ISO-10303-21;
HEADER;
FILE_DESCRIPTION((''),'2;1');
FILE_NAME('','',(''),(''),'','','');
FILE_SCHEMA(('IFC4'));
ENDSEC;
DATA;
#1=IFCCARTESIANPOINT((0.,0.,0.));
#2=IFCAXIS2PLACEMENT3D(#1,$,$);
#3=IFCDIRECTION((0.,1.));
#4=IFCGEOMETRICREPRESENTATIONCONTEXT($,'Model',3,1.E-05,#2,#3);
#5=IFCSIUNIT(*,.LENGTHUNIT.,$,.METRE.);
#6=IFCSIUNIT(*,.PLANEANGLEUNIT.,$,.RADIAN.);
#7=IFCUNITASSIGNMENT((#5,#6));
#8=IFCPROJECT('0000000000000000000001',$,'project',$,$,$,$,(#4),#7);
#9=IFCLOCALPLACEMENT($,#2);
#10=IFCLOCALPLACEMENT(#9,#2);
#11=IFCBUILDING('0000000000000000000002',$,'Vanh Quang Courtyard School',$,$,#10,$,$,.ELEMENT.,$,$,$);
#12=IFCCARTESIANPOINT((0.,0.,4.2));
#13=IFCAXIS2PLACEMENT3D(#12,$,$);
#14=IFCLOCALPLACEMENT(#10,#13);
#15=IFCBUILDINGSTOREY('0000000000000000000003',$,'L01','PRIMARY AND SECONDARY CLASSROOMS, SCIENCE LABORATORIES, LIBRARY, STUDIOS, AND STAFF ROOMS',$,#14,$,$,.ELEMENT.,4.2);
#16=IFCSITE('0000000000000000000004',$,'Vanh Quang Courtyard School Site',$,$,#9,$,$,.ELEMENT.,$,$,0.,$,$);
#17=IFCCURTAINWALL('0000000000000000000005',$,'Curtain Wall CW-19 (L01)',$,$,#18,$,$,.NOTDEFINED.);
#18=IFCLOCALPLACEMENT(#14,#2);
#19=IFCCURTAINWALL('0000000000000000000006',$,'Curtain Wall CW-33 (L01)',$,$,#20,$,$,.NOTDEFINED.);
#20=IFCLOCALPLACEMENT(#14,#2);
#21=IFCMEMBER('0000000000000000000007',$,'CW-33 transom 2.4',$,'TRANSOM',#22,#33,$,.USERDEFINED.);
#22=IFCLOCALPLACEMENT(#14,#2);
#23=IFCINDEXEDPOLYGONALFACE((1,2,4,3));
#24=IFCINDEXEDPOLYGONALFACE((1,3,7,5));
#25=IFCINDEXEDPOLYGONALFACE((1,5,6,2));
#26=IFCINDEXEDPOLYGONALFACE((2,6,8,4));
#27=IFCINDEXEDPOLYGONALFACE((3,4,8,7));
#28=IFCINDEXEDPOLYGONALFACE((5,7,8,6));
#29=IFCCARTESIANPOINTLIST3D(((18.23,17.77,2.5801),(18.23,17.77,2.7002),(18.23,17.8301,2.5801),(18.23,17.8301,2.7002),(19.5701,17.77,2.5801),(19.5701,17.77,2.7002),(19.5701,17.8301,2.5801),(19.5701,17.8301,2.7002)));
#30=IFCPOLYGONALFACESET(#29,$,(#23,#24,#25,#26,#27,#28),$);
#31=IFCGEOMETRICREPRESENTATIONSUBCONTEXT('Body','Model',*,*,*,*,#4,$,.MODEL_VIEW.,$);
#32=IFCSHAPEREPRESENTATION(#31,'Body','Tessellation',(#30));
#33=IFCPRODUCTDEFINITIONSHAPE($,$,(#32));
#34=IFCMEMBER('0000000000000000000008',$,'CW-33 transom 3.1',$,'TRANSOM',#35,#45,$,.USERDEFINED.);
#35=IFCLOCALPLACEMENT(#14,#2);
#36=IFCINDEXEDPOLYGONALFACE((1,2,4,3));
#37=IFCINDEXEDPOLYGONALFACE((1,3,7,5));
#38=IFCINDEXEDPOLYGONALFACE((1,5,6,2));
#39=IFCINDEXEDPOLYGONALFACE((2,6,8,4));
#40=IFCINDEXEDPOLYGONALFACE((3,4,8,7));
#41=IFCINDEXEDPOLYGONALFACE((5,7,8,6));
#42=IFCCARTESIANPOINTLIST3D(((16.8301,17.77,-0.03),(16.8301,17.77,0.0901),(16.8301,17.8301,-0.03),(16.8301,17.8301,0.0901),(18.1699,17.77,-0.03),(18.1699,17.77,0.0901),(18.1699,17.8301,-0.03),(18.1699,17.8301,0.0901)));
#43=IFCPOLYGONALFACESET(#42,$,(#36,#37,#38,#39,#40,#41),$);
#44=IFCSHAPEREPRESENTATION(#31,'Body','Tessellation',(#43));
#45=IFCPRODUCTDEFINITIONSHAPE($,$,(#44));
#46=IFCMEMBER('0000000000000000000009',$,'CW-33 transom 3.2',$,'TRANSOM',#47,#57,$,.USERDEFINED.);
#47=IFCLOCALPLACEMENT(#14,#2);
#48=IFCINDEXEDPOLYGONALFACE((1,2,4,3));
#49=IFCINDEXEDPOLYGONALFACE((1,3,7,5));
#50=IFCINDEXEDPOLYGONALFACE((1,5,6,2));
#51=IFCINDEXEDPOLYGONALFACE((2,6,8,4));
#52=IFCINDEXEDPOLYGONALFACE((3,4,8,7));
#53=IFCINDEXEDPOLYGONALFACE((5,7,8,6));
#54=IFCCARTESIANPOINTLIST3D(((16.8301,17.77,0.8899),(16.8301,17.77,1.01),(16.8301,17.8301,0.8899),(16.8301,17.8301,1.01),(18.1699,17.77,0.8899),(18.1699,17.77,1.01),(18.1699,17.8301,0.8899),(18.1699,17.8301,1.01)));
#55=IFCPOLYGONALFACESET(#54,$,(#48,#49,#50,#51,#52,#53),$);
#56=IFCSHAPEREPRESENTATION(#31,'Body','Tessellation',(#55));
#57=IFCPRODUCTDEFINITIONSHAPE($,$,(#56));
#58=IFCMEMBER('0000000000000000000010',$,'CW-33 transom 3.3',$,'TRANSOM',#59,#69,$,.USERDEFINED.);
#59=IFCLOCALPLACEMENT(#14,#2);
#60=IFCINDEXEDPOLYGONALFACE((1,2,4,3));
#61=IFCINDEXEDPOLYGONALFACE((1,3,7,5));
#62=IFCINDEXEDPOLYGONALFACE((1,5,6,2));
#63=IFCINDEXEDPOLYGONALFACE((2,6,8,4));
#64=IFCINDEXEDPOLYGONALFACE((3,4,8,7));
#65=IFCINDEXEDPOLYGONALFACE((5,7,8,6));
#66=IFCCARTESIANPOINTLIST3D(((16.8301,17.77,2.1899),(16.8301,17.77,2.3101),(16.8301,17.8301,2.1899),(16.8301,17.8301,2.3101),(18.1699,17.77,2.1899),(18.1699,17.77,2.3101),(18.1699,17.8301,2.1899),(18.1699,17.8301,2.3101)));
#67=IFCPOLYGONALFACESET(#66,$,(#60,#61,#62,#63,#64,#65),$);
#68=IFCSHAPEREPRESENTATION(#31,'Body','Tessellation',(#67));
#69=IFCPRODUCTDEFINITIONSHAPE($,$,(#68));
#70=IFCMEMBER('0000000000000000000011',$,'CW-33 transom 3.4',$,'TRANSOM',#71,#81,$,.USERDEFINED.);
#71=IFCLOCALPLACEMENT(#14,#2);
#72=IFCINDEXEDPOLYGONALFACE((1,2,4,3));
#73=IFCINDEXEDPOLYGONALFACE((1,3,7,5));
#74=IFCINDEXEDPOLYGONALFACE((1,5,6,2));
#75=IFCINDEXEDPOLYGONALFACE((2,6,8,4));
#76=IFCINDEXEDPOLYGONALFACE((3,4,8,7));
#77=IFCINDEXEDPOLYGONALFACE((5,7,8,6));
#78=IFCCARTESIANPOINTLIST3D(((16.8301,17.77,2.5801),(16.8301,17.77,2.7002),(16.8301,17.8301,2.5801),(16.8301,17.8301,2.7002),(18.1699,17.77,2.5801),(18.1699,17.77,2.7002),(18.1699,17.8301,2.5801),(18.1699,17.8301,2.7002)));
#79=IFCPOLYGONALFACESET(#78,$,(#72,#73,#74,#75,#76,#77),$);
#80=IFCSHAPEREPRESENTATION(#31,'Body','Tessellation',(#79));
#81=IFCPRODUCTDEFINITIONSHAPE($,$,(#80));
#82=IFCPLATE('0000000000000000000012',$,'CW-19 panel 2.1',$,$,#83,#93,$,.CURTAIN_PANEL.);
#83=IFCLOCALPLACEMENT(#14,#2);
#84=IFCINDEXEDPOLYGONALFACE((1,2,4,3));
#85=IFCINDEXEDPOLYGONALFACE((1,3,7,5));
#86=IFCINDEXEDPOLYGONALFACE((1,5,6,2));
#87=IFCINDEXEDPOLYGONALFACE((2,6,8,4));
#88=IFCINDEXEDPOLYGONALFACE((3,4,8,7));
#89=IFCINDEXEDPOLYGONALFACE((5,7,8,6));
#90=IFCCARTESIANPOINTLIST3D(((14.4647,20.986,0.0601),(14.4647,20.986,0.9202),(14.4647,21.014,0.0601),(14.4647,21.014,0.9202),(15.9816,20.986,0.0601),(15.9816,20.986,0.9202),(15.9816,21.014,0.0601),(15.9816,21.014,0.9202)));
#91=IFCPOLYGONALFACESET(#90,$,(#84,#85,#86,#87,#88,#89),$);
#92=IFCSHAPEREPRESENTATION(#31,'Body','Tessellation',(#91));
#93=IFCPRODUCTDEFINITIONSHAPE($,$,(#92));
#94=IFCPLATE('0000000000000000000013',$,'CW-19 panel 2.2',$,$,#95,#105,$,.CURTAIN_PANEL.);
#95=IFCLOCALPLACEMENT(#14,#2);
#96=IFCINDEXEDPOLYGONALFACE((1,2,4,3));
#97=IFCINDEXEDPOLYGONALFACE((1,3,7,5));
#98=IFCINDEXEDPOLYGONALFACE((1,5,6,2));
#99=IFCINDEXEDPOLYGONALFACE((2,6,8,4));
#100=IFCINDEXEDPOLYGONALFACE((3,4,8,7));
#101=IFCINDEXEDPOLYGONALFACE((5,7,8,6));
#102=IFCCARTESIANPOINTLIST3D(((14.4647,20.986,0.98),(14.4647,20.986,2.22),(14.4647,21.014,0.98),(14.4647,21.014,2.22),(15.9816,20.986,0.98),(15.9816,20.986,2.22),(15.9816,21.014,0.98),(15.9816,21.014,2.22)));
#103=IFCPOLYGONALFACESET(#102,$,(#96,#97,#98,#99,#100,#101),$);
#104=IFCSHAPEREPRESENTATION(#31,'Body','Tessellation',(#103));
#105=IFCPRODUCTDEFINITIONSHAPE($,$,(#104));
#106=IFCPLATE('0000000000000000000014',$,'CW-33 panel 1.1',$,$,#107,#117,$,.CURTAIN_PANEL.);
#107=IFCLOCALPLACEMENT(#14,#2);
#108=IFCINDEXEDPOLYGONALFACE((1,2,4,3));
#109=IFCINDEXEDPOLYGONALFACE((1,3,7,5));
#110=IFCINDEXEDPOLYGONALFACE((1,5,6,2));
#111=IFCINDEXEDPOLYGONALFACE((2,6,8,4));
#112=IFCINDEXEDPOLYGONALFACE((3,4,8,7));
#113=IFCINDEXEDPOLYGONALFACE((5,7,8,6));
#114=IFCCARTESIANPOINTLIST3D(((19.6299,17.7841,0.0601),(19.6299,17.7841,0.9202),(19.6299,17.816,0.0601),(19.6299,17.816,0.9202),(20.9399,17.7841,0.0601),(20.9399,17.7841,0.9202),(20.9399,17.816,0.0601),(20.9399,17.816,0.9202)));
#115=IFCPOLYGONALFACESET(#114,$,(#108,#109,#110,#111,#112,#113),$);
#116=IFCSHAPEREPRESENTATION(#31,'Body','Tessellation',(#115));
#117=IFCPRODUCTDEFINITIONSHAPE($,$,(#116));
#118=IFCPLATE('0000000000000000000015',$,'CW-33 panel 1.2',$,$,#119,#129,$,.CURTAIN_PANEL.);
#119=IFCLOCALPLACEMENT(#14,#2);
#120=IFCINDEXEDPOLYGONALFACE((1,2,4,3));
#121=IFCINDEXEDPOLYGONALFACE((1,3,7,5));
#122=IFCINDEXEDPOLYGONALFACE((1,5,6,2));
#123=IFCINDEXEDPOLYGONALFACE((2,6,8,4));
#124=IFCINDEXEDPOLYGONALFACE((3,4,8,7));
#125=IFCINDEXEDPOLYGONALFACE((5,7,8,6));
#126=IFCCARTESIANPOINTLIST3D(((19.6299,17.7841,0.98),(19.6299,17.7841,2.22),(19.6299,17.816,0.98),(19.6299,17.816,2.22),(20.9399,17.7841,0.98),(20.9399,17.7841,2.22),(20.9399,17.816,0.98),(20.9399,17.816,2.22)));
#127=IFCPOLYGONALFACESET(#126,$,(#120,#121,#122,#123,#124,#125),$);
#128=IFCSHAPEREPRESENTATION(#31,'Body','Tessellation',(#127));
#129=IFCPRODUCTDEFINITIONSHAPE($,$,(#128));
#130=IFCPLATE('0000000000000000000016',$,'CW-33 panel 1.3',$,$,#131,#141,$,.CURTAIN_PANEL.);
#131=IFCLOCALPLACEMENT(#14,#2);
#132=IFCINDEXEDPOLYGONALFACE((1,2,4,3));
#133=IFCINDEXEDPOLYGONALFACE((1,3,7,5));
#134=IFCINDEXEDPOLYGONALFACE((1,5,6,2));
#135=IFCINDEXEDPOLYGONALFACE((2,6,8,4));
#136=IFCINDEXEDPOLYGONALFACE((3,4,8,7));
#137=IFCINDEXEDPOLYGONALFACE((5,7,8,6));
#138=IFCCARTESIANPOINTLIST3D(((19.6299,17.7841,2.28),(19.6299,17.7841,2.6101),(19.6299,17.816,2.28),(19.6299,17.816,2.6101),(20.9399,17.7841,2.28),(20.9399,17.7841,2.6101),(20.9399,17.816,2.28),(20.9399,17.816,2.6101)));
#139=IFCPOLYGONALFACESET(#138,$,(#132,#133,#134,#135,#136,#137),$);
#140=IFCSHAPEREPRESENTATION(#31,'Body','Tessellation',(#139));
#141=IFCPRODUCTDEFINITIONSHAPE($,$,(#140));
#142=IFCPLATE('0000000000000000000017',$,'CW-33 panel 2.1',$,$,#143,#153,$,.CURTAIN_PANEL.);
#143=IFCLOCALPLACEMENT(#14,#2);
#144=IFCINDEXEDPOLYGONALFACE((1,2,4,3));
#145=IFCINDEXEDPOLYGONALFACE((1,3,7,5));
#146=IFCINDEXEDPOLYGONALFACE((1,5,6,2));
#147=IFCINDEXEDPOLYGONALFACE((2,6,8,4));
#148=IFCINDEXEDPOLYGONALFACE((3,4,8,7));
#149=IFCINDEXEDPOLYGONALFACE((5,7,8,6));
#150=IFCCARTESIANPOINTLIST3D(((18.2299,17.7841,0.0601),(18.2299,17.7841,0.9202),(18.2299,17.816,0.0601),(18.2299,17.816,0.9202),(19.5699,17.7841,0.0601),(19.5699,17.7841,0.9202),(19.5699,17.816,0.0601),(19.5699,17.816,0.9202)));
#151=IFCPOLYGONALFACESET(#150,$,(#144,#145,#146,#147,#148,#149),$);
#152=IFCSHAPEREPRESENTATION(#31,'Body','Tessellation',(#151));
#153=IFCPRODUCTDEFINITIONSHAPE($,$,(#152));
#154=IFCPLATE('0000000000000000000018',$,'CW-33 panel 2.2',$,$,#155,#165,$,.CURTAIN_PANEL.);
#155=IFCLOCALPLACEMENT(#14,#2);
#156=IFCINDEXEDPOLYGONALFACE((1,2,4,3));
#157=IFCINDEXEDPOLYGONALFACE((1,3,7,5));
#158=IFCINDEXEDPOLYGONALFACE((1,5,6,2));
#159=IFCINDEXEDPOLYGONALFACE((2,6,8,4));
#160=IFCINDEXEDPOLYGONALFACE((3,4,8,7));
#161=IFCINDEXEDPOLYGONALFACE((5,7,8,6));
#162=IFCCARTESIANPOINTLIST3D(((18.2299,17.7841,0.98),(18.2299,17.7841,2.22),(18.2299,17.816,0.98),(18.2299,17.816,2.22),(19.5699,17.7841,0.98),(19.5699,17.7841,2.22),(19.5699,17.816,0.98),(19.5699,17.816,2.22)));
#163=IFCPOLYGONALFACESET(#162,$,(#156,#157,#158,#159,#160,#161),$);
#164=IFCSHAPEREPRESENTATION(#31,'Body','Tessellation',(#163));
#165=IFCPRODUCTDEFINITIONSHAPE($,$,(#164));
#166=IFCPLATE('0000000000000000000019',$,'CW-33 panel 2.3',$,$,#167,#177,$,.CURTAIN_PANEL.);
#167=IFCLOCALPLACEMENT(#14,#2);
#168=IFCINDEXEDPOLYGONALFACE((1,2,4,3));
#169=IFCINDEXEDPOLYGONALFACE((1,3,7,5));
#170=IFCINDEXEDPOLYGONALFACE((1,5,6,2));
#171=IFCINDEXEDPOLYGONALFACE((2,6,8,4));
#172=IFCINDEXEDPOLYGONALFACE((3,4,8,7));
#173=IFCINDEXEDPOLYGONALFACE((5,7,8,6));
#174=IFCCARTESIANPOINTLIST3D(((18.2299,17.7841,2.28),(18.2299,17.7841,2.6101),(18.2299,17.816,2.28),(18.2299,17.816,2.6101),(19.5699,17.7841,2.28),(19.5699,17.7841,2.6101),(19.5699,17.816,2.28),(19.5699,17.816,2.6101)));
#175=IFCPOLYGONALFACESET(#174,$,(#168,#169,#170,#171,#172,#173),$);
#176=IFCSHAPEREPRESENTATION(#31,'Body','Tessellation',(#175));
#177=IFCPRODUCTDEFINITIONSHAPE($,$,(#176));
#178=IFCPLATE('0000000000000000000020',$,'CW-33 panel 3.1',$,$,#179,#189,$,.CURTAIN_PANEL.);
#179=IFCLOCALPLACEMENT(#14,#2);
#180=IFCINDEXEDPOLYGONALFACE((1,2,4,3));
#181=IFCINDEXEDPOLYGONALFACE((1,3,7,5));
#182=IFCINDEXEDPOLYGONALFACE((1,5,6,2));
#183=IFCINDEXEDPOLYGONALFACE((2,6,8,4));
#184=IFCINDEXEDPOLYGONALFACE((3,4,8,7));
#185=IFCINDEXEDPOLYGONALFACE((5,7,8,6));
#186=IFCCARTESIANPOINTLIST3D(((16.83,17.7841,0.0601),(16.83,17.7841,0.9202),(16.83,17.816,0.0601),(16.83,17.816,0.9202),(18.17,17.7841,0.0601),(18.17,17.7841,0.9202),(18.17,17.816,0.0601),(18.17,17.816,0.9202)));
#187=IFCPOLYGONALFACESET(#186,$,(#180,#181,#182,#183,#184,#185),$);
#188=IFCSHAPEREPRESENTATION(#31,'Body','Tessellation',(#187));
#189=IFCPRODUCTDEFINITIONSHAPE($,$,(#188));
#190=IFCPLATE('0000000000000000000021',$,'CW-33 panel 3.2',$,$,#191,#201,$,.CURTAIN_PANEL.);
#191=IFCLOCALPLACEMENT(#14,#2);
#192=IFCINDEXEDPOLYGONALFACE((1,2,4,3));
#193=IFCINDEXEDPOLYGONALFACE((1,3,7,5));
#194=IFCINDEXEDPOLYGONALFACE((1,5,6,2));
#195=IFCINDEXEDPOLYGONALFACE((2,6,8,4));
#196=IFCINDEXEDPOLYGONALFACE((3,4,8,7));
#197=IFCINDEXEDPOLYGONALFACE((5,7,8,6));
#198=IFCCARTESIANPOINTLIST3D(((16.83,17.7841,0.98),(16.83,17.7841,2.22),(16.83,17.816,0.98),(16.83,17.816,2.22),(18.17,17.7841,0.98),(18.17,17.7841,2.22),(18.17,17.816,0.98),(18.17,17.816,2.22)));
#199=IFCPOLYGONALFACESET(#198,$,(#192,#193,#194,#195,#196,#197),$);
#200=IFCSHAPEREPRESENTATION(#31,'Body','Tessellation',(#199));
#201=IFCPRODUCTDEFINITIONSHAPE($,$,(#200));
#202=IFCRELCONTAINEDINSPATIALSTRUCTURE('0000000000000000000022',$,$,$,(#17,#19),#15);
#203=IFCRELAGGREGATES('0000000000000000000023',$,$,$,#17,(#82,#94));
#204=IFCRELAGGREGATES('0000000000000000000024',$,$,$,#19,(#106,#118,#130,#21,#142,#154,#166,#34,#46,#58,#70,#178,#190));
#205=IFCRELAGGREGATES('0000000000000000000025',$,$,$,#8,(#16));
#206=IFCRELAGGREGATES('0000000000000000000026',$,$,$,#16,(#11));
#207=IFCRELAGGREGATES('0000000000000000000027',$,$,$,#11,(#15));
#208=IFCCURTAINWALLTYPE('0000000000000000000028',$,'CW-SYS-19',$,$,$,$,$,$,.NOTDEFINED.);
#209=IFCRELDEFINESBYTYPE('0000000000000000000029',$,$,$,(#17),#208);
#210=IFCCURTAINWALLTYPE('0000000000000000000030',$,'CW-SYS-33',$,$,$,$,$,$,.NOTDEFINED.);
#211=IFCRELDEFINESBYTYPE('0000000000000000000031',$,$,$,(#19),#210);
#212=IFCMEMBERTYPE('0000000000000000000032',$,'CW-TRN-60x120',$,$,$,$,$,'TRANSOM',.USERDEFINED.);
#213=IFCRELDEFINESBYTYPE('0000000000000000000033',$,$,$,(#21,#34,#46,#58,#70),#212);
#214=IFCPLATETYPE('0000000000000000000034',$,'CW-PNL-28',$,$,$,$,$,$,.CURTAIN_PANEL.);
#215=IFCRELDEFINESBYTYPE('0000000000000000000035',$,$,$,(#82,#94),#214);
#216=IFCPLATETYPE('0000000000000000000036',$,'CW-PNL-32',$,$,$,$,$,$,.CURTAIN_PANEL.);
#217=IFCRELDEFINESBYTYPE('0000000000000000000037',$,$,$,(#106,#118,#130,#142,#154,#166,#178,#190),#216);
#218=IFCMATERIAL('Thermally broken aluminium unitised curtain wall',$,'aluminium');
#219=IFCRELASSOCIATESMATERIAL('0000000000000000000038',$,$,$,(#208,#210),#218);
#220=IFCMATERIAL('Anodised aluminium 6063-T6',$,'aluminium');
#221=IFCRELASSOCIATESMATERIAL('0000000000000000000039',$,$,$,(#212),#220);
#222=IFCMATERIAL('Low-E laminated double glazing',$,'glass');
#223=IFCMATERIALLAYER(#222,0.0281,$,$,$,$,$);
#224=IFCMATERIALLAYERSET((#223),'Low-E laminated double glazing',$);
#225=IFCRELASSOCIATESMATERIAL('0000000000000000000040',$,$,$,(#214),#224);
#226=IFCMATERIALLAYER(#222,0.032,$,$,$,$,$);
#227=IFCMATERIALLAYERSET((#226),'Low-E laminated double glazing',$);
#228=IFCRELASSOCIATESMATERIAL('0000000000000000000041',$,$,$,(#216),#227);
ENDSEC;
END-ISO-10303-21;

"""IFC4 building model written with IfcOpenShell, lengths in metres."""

from ifc_helpers import new_model, si_unit, direction, frame, origin, origin_2d, place, context, subcontext, project, spatial, rectangle, extrude, material, layer, layer_set, material_profile, profile_set, type_object, element, aggregate, save


model = new_model("IFC4")

# Units and contexts
model_context = context("Model", 3, precision=1e-05, world=origin(), true_north=direction((0.0, 1.0)))
body_context = subcontext(model_context, "Body", "Model", "MODEL_VIEW")
ifc_project = project(units=[si_unit("LENGTHUNIT", "METRE"), si_unit("PLANEANGLEUNIT", "RADIAN")], contexts=[model_context])

# Site, building, storey
site_placement = place(None, origin())
site = spatial("IfcSite", under=ifc_project, at=site_placement, Name="Vanh Quang Courtyard School Site", CompositionType="ELEMENT", RefElevation=0.0)
building_placement = place(site_placement, origin())
building = spatial("IfcBuilding", under=site, at=building_placement, Name="Vanh Quang Courtyard School", CompositionType="ELEMENT")
storey_placement = place(building_placement, frame((0.0, 0.0, 4.2)))
storey = spatial("IfcBuildingStorey", under=building, at=storey_placement, Name="L01", Description="PRIMARY AND SECONDARY CLASSROOMS, SCIENCE LABORATORIES, LIBRARY, STUDIOS, AND STAFF ROOMS", CompositionType="ELEMENT", Elevation=4.2)

# Curtain wall
ifc_material_1 = material(Name="Thermally broken aluminium unitised curtain wall", Category="aluminium")
curtain_wall_type_1 = type_object("IfcCurtainWallType", Name="CW-SYS-19", PredefinedType="NOTDEFINED", material=ifc_material_1)
curtain_wall_1_placement = place(storey_placement, origin())
curtain_wall_1 = element("IfcCurtainWall", 1, at=curtain_wall_1_placement, inside=storey, type_object=curtain_wall_type_1, Name="Curtain Wall CW-19 (L01)", PredefinedType="NOTDEFINED")
ifc_material_2 = material(Name="Anodised aluminium 6063-T6", Category="aluminium")

# Curtain wall
curtain_wall_type_2 = type_object("IfcCurtainWallType", Name="CW-SYS-33", PredefinedType="NOTDEFINED", material=ifc_material_1)
curtain_wall_2_placement = place(storey_placement, origin())
curtain_wall_2 = element("IfcCurtainWall", 2, at=curtain_wall_2_placement, inside=storey, type_object=curtain_wall_type_2, Name="Curtain Wall CW-33 (L01)", PredefinedType="NOTDEFINED")

# Members
ifc_material_profile_1 = material_profile(ifc_material_2, rectangle(XDim=0.0601, YDim=0.1201, at=origin_2d()), Name="ALU-TRN 60x120")
ifc_profile_set_1 = profile_set([ifc_material_profile_1], Name="Anodised aluminium 6063-T6")
member_type_1 = type_object("IfcMemberType", Name="CW-TRN-60x120", ElementType="TRANSOM", PredefinedType="USERDEFINED", material=ifc_profile_set_1)
member_1_placement = place(storey_placement, frame((19.5701, 17.8, 2.6401), z_axis=(-1.0, 0.0, 0.0), x_axis=(0.0, -1.0, 0.0)))
member_1 = element("IfcMember", 3, at=member_1_placement, type_object=member_type_1, Name="CW-33 transom 2.4", ObjectType="TRANSOM", PredefinedType="USERDEFINED", context=body_context, shape_type="SweptSolid", body=[
    extrude(rectangle(XDim=0.0601, YDim=0.1201, at=origin_2d()), origin(), (0.0, 0.0, 1.0), 1.3401),
])
member_2_placement = place(storey_placement, frame((18.1699, 17.8, 0.03), z_axis=(-1.0, 0.0, 0.0), x_axis=(0.0, -1.0, 0.0)))
member_2 = element("IfcMember", 4, at=member_2_placement, type_object=member_type_1, Name="CW-33 transom 3.1", ObjectType="TRANSOM", PredefinedType="USERDEFINED", context=body_context, shape_type="SweptSolid", body=[
    extrude(rectangle(XDim=0.0601, YDim=0.1201, at=origin_2d()), origin(), (0.0, 0.0, 1.0), 1.3398),
])
member_3_placement = place(storey_placement, frame((18.1699, 17.8, 0.95), z_axis=(-1.0, 0.0, 0.0), x_axis=(0.0, -1.0, 0.0)))
member_3 = element("IfcMember", 5, at=member_3_placement, type_object=member_type_1, Name="CW-33 transom 3.2", ObjectType="TRANSOM", PredefinedType="USERDEFINED", context=body_context, shape_type="SweptSolid", body=[
    extrude(rectangle(XDim=0.0601, YDim=0.1201, at=origin_2d()), origin(), (0.0, 0.0, 1.0), 1.3398),
])
member_4_placement = place(storey_placement, frame((18.1699, 17.8, 2.25), z_axis=(-1.0, 0.0, 0.0), x_axis=(0.0, -1.0, 0.0)))
member_4 = element("IfcMember", 6, at=member_4_placement, type_object=member_type_1, Name="CW-33 transom 3.3", ObjectType="TRANSOM", PredefinedType="USERDEFINED", context=body_context, shape_type="SweptSolid", body=[
    extrude(rectangle(XDim=0.0601, YDim=0.1201, at=origin_2d()), origin(), (0.0, 0.0, 1.0), 1.3398),
])
member_5_placement = place(storey_placement, frame((18.1699, 17.8, 2.6401), z_axis=(-1.0, 0.0, 0.0), x_axis=(0.0, -1.0, 0.0)))
member_5 = element("IfcMember", 7, at=member_5_placement, type_object=member_type_1, Name="CW-33 transom 3.4", ObjectType="TRANSOM", PredefinedType="USERDEFINED", context=body_context, shape_type="SweptSolid", body=[
    extrude(rectangle(XDim=0.0601, YDim=0.1201, at=origin_2d()), origin(), (0.0, 0.0, 1.0), 1.3398),
])

# Plates
ifc_material_3 = material(Name="Low-E laminated double glazing", Category="glass")
ifc_layer_1 = layer(ifc_material_3, 0.0281)
ifc_layer_set_1 = layer_set([ifc_layer_1], Name="Low-E laminated double glazing")
plate_type_1 = type_object("IfcPlateType", Name="CW-PNL-28", PredefinedType="CURTAIN_PANEL", material=ifc_layer_set_1)
plate_1_placement = place(storey_placement, frame((15.2231, 21.0, 0.0601), z_axis=(0.0, 0.0, 1.0), x_axis=(1.0, 0.0, 0.0)))
plate_1 = element("IfcPlate", 8, at=plate_1_placement, type_object=plate_type_1, Name="CW-19 panel 2.1", PredefinedType="CURTAIN_PANEL", context=body_context, shape_type="SweptSolid", body=[
    extrude(rectangle(XDim=1.5168, YDim=0.0281, at=origin_2d()), origin(), (0.0, 0.0, 1.0), 0.8601),
])
plate_2_placement = place(storey_placement, frame((15.2231, 21.0, 0.98), z_axis=(0.0, 0.0, 1.0), x_axis=(1.0, 0.0, 0.0)))
plate_2 = element("IfcPlate", 9, at=plate_2_placement, type_object=plate_type_1, Name="CW-19 panel 2.2", PredefinedType="CURTAIN_PANEL", context=body_context, shape_type="SweptSolid", body=[
    extrude(rectangle(XDim=1.5168, YDim=0.0281, at=origin_2d()), origin(), (0.0, 0.0, 1.0), 1.24),
])
aggregate(curtain_wall_1, [plate_1, plate_2])
ifc_layer_2 = layer(ifc_material_3, 0.032)
ifc_layer_set_2 = layer_set([ifc_layer_2], Name="Low-E laminated double glazing")
plate_type_2 = type_object("IfcPlateType", Name="CW-PNL-32", PredefinedType="CURTAIN_PANEL", material=ifc_layer_set_2)
plate_3_placement = place(storey_placement, frame((20.2849, 17.8, 0.0601), z_axis=(0.0, 0.0, 1.0), x_axis=(-1.0, 0.0, 0.0)))
plate_3 = element("IfcPlate", 10, at=plate_3_placement, type_object=plate_type_2, Name="CW-33 panel 1.1", PredefinedType="CURTAIN_PANEL", context=body_context, shape_type="SweptSolid", body=[
    extrude(rectangle(XDim=1.3101, YDim=0.032, at=origin_2d()), origin(), (0.0, 0.0, 1.0), 0.8601),
])
plate_4_placement = place(storey_placement, frame((20.2849, 17.8, 0.98), z_axis=(0.0, 0.0, 1.0), x_axis=(-1.0, 0.0, 0.0)))
plate_4 = element("IfcPlate", 11, at=plate_4_placement, type_object=plate_type_2, Name="CW-33 panel 1.2", PredefinedType="CURTAIN_PANEL", context=body_context, shape_type="SweptSolid", body=[
    extrude(rectangle(XDim=1.3101, YDim=0.032, at=origin_2d()), origin(), (0.0, 0.0, 1.0), 1.24),
])
plate_5_placement = place(storey_placement, frame((20.2849, 17.8, 2.28), z_axis=(0.0, 0.0, 1.0), x_axis=(-1.0, 0.0, 0.0)))
plate_5 = element("IfcPlate", 12, at=plate_5_placement, type_object=plate_type_2, Name="CW-33 panel 1.3", PredefinedType="CURTAIN_PANEL", context=body_context, shape_type="SweptSolid", body=[
    extrude(rectangle(XDim=1.3101, YDim=0.032, at=origin_2d()), origin(), (0.0, 0.0, 1.0), 0.3301),
])
plate_6_placement = place(storey_placement, frame((18.8999, 17.8, 0.0601), z_axis=(0.0, 0.0, 1.0), x_axis=(-1.0, 0.0, 0.0)))
plate_6 = element("IfcPlate", 13, at=plate_6_placement, type_object=plate_type_2, Name="CW-33 panel 2.1", PredefinedType="CURTAIN_PANEL", context=body_context, shape_type="SweptSolid", body=[
    extrude(rectangle(XDim=1.3401, YDim=0.032, at=origin_2d()), origin(), (0.0, 0.0, 1.0), 0.8601),
])
plate_7_placement = place(storey_placement, frame((18.8999, 17.8, 0.98), z_axis=(0.0, 0.0, 1.0), x_axis=(-1.0, 0.0, 0.0)))
plate_7 = element("IfcPlate", 14, at=plate_7_placement, type_object=plate_type_2, Name="CW-33 panel 2.2", PredefinedType="CURTAIN_PANEL", context=body_context, shape_type="SweptSolid", body=[
    extrude(rectangle(XDim=1.3401, YDim=0.032, at=origin_2d()), origin(), (0.0, 0.0, 1.0), 1.24),
])
plate_8_placement = place(storey_placement, frame((18.8999, 17.8, 2.28), z_axis=(0.0, 0.0, 1.0), x_axis=(-1.0, 0.0, 0.0)))
plate_8 = element("IfcPlate", 15, at=plate_8_placement, type_object=plate_type_2, Name="CW-33 panel 2.3", PredefinedType="CURTAIN_PANEL", context=body_context, shape_type="SweptSolid", body=[
    extrude(rectangle(XDim=1.3401, YDim=0.032, at=origin_2d()), origin(), (0.0, 0.0, 1.0), 0.3301),
])
plate_9_placement = place(storey_placement, frame((17.5, 17.8, 0.0601), z_axis=(0.0, 0.0, 1.0), x_axis=(-1.0, 0.0, 0.0)))
plate_9 = element("IfcPlate", 16, at=plate_9_placement, type_object=plate_type_2, Name="CW-33 panel 3.1", PredefinedType="CURTAIN_PANEL", context=body_context, shape_type="SweptSolid", body=[
    extrude(rectangle(XDim=1.3401, YDim=0.032, at=origin_2d()), origin(), (0.0, 0.0, 1.0), 0.8601),
])
plate_10_placement = place(storey_placement, frame((17.5, 17.8, 0.98), z_axis=(0.0, 0.0, 1.0), x_axis=(-1.0, 0.0, 0.0)))
plate_10 = element("IfcPlate", 17, at=plate_10_placement, type_object=plate_type_2, Name="CW-33 panel 3.2", PredefinedType="CURTAIN_PANEL", context=body_context, shape_type="SweptSolid", body=[
    extrude(rectangle(XDim=1.3401, YDim=0.032, at=origin_2d()), origin(), (0.0, 0.0, 1.0), 1.24),
])
aggregate(curtain_wall_2, [plate_3, plate_4, plate_5, member_1, plate_6, plate_7, plate_8, member_2, member_3, member_4, member_5, plate_9, plate_10])

save(model, "model.ifc")
